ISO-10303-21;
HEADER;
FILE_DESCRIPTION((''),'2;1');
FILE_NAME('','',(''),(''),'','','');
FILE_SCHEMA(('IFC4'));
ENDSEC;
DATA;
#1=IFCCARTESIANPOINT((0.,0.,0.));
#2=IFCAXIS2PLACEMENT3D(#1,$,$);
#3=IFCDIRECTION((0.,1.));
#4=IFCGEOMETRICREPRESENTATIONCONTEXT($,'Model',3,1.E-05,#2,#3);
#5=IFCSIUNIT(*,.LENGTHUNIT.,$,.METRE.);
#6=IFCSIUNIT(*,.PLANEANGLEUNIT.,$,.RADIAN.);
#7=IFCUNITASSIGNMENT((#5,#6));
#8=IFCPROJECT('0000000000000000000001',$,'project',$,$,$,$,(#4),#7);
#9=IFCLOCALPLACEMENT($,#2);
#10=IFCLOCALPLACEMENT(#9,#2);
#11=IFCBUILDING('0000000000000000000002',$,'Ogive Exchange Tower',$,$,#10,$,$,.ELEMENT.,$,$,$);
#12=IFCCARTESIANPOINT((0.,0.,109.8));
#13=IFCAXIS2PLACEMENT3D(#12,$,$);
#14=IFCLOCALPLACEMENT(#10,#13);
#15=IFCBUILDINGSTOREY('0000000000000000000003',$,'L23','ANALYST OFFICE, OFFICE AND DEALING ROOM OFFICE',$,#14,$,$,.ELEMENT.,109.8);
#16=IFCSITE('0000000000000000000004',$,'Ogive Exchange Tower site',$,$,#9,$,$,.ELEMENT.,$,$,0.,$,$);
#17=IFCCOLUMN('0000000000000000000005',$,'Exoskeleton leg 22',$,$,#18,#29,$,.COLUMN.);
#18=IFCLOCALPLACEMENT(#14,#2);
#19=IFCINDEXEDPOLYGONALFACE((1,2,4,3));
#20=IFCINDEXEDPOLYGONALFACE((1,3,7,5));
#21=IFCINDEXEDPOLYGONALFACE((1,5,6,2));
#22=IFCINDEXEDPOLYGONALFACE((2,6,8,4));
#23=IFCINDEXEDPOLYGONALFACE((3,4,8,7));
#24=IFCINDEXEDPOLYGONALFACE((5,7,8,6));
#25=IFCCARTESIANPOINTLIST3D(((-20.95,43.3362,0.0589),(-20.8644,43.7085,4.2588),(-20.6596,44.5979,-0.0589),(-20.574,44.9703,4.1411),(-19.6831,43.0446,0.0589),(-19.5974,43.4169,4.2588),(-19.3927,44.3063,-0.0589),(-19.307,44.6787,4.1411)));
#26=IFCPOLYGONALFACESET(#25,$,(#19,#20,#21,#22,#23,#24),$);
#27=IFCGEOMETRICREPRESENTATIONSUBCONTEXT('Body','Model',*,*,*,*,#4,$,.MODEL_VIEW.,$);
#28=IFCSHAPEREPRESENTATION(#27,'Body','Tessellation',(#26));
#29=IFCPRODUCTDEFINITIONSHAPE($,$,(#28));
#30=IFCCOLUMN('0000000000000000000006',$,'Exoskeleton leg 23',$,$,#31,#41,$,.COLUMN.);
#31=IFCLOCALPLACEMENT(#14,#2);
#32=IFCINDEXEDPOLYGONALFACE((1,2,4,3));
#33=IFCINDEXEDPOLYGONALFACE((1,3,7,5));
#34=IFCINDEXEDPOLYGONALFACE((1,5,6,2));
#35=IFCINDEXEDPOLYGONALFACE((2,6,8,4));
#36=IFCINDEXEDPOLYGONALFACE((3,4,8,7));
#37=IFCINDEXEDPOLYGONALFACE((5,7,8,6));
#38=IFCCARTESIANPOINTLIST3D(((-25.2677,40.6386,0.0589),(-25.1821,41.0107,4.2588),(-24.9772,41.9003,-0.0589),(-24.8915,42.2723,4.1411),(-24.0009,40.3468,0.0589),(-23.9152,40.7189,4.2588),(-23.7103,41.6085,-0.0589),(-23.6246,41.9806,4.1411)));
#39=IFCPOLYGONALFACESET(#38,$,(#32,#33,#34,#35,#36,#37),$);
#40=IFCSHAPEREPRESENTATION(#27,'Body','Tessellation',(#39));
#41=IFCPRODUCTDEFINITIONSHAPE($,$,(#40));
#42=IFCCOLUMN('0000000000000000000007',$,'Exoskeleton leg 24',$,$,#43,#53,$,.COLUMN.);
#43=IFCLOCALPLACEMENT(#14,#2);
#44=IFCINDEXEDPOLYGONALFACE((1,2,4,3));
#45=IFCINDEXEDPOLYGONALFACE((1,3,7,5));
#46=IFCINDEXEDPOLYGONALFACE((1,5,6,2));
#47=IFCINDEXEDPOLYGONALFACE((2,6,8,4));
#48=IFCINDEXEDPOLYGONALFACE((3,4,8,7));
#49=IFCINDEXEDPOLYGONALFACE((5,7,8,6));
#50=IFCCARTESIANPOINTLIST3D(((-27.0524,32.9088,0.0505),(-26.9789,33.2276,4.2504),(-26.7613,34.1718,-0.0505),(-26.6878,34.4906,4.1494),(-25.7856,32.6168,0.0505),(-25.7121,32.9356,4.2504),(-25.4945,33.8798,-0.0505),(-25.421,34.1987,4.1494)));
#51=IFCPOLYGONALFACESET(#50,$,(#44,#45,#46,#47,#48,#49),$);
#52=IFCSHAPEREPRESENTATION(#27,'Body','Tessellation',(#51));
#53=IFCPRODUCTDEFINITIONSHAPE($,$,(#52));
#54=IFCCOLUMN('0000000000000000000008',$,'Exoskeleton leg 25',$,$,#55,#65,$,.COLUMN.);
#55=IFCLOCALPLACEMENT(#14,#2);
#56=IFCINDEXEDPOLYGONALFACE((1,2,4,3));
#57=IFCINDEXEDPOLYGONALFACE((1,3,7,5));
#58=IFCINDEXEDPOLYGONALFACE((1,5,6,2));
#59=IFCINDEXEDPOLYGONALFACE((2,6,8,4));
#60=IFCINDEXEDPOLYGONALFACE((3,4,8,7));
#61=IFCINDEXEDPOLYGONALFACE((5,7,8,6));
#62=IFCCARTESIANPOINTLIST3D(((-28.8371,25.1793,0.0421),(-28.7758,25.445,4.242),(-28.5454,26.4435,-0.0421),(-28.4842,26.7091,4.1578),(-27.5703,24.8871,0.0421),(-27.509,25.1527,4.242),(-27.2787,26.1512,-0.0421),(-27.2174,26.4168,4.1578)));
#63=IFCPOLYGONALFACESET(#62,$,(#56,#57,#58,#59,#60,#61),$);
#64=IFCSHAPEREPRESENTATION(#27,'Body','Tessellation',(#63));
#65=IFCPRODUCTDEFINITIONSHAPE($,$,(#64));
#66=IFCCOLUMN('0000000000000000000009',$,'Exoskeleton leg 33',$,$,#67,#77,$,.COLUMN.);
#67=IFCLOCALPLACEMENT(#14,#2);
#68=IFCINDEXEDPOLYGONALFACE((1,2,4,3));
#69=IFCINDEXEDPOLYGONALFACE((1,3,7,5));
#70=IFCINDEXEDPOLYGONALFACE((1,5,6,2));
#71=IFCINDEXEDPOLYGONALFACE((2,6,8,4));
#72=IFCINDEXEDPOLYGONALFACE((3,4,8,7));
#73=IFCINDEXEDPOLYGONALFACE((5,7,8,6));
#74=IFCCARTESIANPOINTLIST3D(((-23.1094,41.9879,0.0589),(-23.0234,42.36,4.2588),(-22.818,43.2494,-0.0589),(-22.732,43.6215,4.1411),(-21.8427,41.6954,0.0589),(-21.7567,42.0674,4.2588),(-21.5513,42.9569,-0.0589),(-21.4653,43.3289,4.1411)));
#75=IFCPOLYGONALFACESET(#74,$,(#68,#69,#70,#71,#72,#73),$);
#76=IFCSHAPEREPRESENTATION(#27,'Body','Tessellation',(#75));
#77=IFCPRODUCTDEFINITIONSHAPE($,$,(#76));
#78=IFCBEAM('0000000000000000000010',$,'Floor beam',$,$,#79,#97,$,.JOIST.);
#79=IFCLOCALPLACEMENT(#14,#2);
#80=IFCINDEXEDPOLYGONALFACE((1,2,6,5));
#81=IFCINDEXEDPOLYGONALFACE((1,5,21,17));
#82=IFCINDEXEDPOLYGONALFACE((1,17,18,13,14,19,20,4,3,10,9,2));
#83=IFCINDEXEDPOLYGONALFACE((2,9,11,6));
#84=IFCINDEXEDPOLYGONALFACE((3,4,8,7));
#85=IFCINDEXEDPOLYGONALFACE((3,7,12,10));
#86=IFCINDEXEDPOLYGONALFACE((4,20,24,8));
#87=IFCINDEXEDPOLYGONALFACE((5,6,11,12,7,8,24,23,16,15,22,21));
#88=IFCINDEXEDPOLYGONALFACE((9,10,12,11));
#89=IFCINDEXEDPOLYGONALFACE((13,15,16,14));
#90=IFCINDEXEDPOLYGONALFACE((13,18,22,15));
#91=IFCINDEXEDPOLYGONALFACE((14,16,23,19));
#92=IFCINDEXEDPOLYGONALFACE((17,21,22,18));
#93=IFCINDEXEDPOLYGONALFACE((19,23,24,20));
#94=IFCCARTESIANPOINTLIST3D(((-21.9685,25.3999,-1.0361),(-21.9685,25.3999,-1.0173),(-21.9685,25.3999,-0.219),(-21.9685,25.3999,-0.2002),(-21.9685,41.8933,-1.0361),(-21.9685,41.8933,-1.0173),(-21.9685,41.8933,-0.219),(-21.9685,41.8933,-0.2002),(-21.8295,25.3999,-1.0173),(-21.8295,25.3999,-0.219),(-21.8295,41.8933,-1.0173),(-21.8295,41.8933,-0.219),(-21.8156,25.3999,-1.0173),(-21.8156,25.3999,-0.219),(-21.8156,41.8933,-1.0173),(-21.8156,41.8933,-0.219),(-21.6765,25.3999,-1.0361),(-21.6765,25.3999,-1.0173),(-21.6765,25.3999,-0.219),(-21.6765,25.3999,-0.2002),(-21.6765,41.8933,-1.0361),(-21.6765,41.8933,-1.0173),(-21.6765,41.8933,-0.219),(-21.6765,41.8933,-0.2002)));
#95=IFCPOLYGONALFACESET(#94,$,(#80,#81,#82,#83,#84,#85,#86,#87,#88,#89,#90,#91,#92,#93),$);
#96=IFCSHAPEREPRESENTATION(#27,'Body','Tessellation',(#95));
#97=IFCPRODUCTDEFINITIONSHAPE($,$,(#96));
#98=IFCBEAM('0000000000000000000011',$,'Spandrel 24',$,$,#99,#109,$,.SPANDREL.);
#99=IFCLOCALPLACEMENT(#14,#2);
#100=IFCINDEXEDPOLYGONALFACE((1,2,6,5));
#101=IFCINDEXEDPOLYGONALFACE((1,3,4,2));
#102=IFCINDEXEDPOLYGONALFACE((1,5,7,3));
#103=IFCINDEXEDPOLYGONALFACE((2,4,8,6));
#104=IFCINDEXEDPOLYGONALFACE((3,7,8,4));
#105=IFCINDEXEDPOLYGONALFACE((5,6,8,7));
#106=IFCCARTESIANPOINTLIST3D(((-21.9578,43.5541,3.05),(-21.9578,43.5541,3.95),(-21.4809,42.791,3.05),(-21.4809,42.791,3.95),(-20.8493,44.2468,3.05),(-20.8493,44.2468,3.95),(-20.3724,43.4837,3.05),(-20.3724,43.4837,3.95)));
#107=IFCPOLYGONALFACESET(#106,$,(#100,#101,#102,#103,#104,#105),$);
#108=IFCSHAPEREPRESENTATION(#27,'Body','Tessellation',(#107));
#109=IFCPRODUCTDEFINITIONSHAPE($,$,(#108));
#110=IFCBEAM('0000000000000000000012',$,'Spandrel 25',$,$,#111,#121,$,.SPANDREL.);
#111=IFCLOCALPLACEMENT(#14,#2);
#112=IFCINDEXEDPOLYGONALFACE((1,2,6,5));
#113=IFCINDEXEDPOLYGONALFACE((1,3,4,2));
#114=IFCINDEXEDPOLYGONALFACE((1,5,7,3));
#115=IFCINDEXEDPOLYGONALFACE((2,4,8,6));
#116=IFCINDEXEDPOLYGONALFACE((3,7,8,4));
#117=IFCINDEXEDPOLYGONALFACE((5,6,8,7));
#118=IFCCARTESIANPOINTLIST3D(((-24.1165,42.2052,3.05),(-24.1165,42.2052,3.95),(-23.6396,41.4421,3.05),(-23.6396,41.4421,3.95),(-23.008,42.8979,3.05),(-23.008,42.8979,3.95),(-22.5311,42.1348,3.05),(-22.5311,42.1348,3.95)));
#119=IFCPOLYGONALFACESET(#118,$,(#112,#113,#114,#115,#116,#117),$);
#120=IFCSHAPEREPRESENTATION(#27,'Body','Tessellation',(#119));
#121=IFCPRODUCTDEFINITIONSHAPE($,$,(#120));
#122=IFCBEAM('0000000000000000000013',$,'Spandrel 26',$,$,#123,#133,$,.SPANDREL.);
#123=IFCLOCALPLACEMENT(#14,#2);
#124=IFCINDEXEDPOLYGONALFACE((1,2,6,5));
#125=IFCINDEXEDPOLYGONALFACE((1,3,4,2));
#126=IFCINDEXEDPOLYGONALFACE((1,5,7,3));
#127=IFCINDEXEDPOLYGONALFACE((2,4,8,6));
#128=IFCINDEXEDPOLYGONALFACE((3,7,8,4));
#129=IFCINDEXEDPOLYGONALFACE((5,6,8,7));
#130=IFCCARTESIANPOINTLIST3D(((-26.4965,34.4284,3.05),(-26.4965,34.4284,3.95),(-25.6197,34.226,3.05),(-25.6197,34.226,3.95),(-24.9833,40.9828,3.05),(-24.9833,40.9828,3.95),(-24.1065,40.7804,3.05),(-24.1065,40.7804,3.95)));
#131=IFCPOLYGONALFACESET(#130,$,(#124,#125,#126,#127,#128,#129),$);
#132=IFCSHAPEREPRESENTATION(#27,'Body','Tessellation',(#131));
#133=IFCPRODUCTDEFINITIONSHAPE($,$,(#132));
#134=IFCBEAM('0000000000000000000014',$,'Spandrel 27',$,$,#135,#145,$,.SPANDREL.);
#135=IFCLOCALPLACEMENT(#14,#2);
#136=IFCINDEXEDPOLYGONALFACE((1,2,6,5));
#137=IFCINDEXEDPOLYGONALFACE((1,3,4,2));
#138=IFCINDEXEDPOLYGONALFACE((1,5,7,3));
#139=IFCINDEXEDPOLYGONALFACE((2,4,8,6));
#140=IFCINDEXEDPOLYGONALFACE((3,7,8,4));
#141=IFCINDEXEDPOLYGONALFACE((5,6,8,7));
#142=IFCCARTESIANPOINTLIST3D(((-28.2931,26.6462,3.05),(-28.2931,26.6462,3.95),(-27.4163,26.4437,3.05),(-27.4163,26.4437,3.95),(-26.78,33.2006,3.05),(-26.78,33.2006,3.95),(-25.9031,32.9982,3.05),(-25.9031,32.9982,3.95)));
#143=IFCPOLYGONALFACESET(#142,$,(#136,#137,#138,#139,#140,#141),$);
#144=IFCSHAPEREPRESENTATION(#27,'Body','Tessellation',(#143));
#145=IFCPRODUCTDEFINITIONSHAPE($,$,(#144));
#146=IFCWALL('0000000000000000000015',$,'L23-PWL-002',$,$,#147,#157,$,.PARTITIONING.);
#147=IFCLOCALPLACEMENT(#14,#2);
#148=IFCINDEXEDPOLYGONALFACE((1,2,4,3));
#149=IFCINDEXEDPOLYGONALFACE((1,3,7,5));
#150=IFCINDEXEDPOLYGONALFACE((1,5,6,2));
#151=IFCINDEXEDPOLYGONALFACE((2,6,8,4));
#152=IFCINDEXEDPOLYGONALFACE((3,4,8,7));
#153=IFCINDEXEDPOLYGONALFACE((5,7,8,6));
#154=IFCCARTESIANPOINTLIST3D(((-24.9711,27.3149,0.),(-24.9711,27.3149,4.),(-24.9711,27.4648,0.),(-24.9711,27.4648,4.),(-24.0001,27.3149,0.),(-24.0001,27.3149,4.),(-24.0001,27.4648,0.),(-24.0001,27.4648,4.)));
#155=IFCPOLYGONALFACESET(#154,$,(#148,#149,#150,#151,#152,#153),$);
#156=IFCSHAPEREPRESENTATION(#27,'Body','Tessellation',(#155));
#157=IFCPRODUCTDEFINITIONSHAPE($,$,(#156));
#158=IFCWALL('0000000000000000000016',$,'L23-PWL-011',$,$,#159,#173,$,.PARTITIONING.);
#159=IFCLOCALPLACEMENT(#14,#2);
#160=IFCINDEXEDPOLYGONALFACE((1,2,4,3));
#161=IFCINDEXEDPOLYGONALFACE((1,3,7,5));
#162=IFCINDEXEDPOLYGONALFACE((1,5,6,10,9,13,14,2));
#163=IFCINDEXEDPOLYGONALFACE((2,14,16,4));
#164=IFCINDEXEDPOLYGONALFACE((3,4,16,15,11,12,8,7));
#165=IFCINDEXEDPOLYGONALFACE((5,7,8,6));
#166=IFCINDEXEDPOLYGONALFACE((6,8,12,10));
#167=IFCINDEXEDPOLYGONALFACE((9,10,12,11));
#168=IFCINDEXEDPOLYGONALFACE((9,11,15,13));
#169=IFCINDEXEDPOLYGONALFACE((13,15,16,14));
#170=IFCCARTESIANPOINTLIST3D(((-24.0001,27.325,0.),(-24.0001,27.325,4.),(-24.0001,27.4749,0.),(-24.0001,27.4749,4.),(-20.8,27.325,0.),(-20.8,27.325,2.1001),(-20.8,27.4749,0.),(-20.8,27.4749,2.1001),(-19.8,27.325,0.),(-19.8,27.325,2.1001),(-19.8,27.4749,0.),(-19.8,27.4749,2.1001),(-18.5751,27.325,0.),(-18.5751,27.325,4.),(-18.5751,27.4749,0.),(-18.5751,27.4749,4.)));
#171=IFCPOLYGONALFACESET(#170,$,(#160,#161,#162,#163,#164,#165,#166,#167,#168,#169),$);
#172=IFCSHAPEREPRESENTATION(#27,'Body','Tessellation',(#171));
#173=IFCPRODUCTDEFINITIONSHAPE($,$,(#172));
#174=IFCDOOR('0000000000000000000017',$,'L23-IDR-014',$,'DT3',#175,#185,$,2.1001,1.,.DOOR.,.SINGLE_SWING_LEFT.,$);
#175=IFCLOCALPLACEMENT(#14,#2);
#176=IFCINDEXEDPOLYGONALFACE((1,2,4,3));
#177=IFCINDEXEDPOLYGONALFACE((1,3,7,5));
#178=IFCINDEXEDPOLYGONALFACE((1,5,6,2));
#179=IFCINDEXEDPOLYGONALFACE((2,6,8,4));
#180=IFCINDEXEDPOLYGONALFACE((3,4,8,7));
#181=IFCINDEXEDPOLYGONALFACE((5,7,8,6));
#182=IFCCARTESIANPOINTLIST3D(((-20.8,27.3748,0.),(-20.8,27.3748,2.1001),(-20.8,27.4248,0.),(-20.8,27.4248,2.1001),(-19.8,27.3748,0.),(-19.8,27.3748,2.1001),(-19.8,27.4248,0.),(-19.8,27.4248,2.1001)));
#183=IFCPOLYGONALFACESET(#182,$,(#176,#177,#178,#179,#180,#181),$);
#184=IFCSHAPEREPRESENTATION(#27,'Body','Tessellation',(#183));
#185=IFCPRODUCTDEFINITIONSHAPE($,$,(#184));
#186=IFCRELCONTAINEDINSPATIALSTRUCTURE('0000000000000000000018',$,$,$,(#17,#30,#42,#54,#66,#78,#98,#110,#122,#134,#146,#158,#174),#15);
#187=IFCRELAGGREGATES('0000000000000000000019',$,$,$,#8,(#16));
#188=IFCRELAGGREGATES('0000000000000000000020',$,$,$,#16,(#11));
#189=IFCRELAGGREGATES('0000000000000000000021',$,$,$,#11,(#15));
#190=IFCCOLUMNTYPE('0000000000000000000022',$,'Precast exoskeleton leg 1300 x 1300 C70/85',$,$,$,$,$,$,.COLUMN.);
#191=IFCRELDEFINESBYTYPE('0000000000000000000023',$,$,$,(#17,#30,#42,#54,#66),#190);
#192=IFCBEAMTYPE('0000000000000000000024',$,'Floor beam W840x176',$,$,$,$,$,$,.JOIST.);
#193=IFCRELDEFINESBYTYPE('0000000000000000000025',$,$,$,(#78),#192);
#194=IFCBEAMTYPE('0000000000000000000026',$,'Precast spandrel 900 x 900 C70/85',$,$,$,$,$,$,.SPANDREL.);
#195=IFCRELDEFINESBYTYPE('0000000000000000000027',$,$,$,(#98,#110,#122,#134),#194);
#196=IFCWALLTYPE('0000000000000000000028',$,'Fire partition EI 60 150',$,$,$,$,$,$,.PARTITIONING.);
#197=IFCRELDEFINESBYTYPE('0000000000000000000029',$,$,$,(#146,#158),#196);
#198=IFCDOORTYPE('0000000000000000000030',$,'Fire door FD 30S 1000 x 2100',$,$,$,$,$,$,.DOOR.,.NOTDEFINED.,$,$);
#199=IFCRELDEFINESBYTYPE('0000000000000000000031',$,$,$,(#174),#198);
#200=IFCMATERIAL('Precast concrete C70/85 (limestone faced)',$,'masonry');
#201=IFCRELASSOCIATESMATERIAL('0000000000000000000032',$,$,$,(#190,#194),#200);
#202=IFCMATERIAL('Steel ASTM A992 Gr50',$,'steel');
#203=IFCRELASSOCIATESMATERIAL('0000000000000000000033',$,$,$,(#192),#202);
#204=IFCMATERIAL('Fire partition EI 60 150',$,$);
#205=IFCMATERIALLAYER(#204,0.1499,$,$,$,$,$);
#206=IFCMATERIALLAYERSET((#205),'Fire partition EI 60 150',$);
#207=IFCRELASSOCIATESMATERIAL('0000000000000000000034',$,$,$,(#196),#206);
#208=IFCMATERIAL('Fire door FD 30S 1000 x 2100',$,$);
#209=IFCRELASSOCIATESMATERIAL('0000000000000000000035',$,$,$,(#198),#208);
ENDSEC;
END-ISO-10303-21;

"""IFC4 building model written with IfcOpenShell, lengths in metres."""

from ifc_helpers import new_model, si_unit, direction, frame, frame_2d, origin, origin_2d, place, context, subcontext, project, spatial, rectangle, i_section, extrude, material, layer, layer_set, material_profile, profile_set, type_object, element, fill, save


model = new_model("IFC4")

# Units and contexts
model_context = context("Model", 3, precision=1e-05, world=origin(), true_north=direction((0.0, 1.0)))
body_context = subcontext(model_context, "Body", "Model", "MODEL_VIEW")
ifc_project = project(units=[si_unit("LENGTHUNIT", "METRE"), si_unit("PLANEANGLEUNIT", "RADIAN")], contexts=[model_context])

# Site, building, storey
site_placement = place(None, origin())
site = spatial("IfcSite", under=ifc_project, at=site_placement, Name="Ogive Exchange Tower site", CompositionType="ELEMENT", RefElevation=0.0)
building_placement = place(site_placement, origin())
building = spatial("IfcBuilding", under=site, at=building_placement, Name="Ogive Exchange Tower", CompositionType="ELEMENT")
storey_placement = place(building_placement, frame((0.0, 0.0, 109.8)))
storey = spatial("IfcBuildingStorey", under=building, at=storey_placement, Name="L23", Description="ANALYST OFFICE, OFFICE AND DEALING ROOM OFFICE", CompositionType="ELEMENT", Elevation=109.8)

# Columns
ifc_material_1 = material(Name="Precast concrete C70/85 (limestone faced)", Category="masonry")
ifc_material_profile_1 = material_profile(ifc_material_1, rectangle(XDim=1.3, YDim=1.3, at=origin_2d()), Name="1300 x 1300")
ifc_profile_set_1 = profile_set([ifc_material_profile_1], Name="Precast concrete C70/85 (limestone faced)")
column_type = type_object("IfcColumnType", Name="Precast exoskeleton leg 1300 x 1300 C70/85", PredefinedType="COLUMN", material=ifc_profile_set_1)
for number, where, z_axis, x_axis, name in (
    (1, (-20.1714, 43.8213, 0.0), (0.02032, 0.088283, 0.995888), (-0.97452, 0.224299, 0.0), "Exoskeleton leg 22"),
    (2, (-24.489, 41.1235, 0.0), (0.02032, 0.088225, 0.995893), (-0.974488, 0.224439, 0.0), "Exoskeleton leg 23"),
):
    element("IfcColumn", number, at=place(storey_placement, frame(where, z_axis=z_axis, x_axis=x_axis)), inside=storey, type_object=column_type, Name=name, PredefinedType="COLUMN", context=body_context, shape_type="SweptSolid", body=[
        extrude(rectangle(XDim=1.3, YDim=1.3, at=origin_2d()), origin(), (0.0, 0.0, 1.0), 4.2173),
    ])
column_1_placement = place(storey_placement, frame((-26.2734, 33.3943, 0.0), z_axis=(0.017444, 0.075688, 0.996979), x_axis=(-0.974454, 0.224587, 0.0)))
element("IfcColumn", 3, at=column_1_placement, inside=storey, type_object=column_type, Name="Exoskeleton leg 24", PredefinedType="COLUMN", context=body_context, shape_type="SweptSolid", body=[
    extrude(rectangle(XDim=1.3, YDim=1.3, at=origin_2d()), origin(), (0.0, 0.0, 1.0), 4.2126),
])
column_2_placement = place(storey_placement, frame((-28.0579, 25.6653, 0.0), z_axis=(0.01456, 0.063112, 0.9979), x_axis=(-0.974406, 0.224794, 0.0)))
element("IfcColumn", 4, at=column_2_placement, inside=storey, type_object=column_type, Name="Exoskeleton leg 25", PredefinedType="COLUMN", context=body_context, shape_type="SweptSolid", body=[
    extrude(rectangle(XDim=1.3, YDim=1.3, at=origin_2d()), origin(), (0.0, 0.0, 1.0), 4.2087),
])
column_3_placement = place(storey_placement, frame((-22.3303, 42.4724, 0.0), z_axis=(0.020377, 0.088225, 0.995892), x_axis=(-0.974348, 0.225046, 0.0)))
element("IfcColumn", 5, at=column_3_placement, inside=storey, type_object=column_type, Name="Exoskeleton leg 33", PredefinedType="COLUMN", context=body_context, shape_type="SweptSolid", body=[
    extrude(rectangle(XDim=1.3, YDim=1.3, at=origin_2d()), origin(), (0.0, 0.0, 1.0), 4.2173),
])

# Beams
ifc_material_2 = material(Name="Steel ASTM A992 Gr50", Category="steel")
ifc_material_profile_2 = material_profile(ifc_material_2, i_section(OverallWidth=0.292, OverallDepth=0.8359, WebThickness=0.0139, FlangeThickness=0.0188, at=origin_2d()), Name="W840x176")
ifc_profile_set_2 = profile_set([ifc_material_profile_2], Name="Steel ASTM A992 Gr50")
beam_type_1 = type_object("IfcBeamType", Name="Floor beam W840x176", PredefinedType="JOIST", material=ifc_profile_set_2)
beam_placement = place(storey_placement, frame((-21.8225, 25.3999, -0.6182), z_axis=(0.0, 1.0, 0.0), x_axis=(-1.0, 0.0, 0.0)))
element("IfcBeam", 6, at=beam_placement, inside=storey, type_object=beam_type_1, Name="Floor beam", PredefinedType="JOIST", context=body_context, shape_type="SweptSolid", body=[
    extrude(i_section(OverallWidth=0.292, OverallDepth=0.8359, WebThickness=0.0139, FlangeThickness=0.0188, at=origin_2d()), origin(), (0.0, 0.0, 1.0), 16.4934),
])
ifc_material_profile_3 = material_profile(ifc_material_1, rectangle(XDim=0.8999, YDim=0.8999, at=origin_2d()), Name="900 x 900")
ifc_profile_set_3 = profile_set([ifc_material_profile_3], Name="Precast concrete C70/85 (limestone faced)")
beam_type_2 = type_object("IfcBeamType", Name="Precast spandrel 900 x 900 C70/85", PredefinedType="SPANDREL", material=ifc_profile_set_3)
for number, where, z_axis, x_axis, name in (
    (7, (-20.6108, 43.8652, 3.5), (-0.84804, -0.529932, 0.0), (0.529932, -0.84804, 0.0), "Spandrel 24"),
    (8, (-22.7695, 42.5164, 3.5), (-0.84804, -0.529932, 0.0), (0.529932, -0.84804, 0.0), "Spandrel 25"),
):
    element("IfcBeam", number, at=place(storey_placement, frame(where, z_axis=z_axis, x_axis=x_axis)), inside=storey, type_object=beam_type_2, Name=name, PredefinedType="SPANDREL", context=body_context, shape_type="SweptSolid", body=[
        extrude(rectangle(XDim=0.8999, YDim=0.8999, at=origin_2d()), origin(), (0.0, 0.0, 1.0), 1.3071),
    ])
for number, where, z_axis, x_axis, name in (
    (9, (-24.5449, 40.8816, 3.5), (-0.224947, -0.974371, 0.0), (0.974371, -0.224947, 0.0), "Spandrel 26"),
    (10, (-26.3416, 33.0994, 3.5), (-0.224947, -0.974371, 0.0), (0.974371, -0.224947, 0.0), "Spandrel 27"),
):
    element("IfcBeam", number, at=place(storey_placement, frame(where, z_axis=z_axis, x_axis=x_axis)), inside=storey, type_object=beam_type_2, Name=name, PredefinedType="SPANDREL", context=body_context, shape_type="SweptSolid", body=[
        extrude(rectangle(XDim=0.8999, YDim=0.8999, at=origin_2d()), origin(), (0.0, 0.0, 1.0), 6.7268),
    ])

# Wall
ifc_material_3 = material(Name="Fire partition EI 60 150")
ifc_layer_1 = layer(ifc_material_3, 0.1499)
ifc_layer_set_1 = layer_set([ifc_layer_1], Name="Fire partition EI 60 150")
wall_type_1 = type_object("IfcWallType", Name="Fire partition EI 60 150", PredefinedType="PARTITIONING", material=ifc_layer_set_1)
wall_1_placement = place(storey_placement, frame((-24.9709, 27.3899, 0.0), z_axis=(0.0, 0.0, 1.0), x_axis=(1.0, 0.0, 0.0)))
element("IfcWall", 11, at=wall_1_placement, inside=storey, type_object=wall_type_1, Name="L23-PWL-002", PredefinedType="PARTITIONING", context=body_context, shape_type="SweptSolid", body=[
    extrude(rectangle(XDim=0.9709, YDim=0.1499, at=frame_2d((0.4854, 0.0))), origin(), (0.0, 0.0, 1.0), 4.0),
])

# Wall, opening, door
wall_2_placement = place(storey_placement, frame((-24.0, 27.3999, 0.0), z_axis=(0.0, 0.0, 1.0), x_axis=(1.0, 0.0, 0.0)))
wall_2 = element("IfcWall", 12, at=wall_2_placement, inside=storey, type_object=wall_type_1, Name="L23-PWL-011", PredefinedType="PARTITIONING", context=body_context, shape_type="SweptSolid", body=[
    extrude(rectangle(XDim=5.425, YDim=0.1499, at=frame_2d((2.7124, 0.0))), origin(), (0.0, 0.0, 1.0), 4.0),
])
opening_1_placement = place(wall_2_placement, frame((3.2, 0.0, 0.0)))
opening_1 = element("IfcOpeningElement", 13, at=opening_1_placement, cuts=wall_2, PredefinedType="OPENING", context=body_context, shape_type="SweptSolid", body=[
    extrude(rectangle(XDim=1.0, YDim=2.1001, at=frame_2d((0.5, 1.05))), frame((0.0, 0.085, 0.0), z_axis=(0.0, -1.0, 0.0), x_axis=(1.0, 0.0, 0.0)), (0.0, 0.0, 1.0), 0.1699),
])
ifc_material_4 = material(Name="Fire door FD 30S 1000 x 2100")
door_type_1 = type_object("IfcDoorType", Name="Fire door FD 30S 1000 x 2100", OperationType="NOTDEFINED", PredefinedType="DOOR", material=ifc_material_4)
door_1_placement = place(opening_1_placement, origin())
door_1 = element("IfcDoor", 14, at=door_1_placement, inside=storey, type_object=door_type_1, Name="L23-IDR-014", ObjectType="DT3", OperationType="SINGLE_SWING_LEFT", OverallHeight=2.1001, OverallWidth=1.0, PredefinedType="DOOR", context=body_context, shape_type="SweptSolid", body=[
    extrude(rectangle(XDim=1.0, YDim=2.1001, at=frame_2d((0.5, 1.05))), frame((0.0, 0.0249, 0.0), z_axis=(0.0, -1.0, 0.0), x_axis=(1.0, 0.0, 0.0)), (0.0, 0.0, 1.0), 0.05),
])
fill(opening_1, door_1)

save(model, "model.ifc")
